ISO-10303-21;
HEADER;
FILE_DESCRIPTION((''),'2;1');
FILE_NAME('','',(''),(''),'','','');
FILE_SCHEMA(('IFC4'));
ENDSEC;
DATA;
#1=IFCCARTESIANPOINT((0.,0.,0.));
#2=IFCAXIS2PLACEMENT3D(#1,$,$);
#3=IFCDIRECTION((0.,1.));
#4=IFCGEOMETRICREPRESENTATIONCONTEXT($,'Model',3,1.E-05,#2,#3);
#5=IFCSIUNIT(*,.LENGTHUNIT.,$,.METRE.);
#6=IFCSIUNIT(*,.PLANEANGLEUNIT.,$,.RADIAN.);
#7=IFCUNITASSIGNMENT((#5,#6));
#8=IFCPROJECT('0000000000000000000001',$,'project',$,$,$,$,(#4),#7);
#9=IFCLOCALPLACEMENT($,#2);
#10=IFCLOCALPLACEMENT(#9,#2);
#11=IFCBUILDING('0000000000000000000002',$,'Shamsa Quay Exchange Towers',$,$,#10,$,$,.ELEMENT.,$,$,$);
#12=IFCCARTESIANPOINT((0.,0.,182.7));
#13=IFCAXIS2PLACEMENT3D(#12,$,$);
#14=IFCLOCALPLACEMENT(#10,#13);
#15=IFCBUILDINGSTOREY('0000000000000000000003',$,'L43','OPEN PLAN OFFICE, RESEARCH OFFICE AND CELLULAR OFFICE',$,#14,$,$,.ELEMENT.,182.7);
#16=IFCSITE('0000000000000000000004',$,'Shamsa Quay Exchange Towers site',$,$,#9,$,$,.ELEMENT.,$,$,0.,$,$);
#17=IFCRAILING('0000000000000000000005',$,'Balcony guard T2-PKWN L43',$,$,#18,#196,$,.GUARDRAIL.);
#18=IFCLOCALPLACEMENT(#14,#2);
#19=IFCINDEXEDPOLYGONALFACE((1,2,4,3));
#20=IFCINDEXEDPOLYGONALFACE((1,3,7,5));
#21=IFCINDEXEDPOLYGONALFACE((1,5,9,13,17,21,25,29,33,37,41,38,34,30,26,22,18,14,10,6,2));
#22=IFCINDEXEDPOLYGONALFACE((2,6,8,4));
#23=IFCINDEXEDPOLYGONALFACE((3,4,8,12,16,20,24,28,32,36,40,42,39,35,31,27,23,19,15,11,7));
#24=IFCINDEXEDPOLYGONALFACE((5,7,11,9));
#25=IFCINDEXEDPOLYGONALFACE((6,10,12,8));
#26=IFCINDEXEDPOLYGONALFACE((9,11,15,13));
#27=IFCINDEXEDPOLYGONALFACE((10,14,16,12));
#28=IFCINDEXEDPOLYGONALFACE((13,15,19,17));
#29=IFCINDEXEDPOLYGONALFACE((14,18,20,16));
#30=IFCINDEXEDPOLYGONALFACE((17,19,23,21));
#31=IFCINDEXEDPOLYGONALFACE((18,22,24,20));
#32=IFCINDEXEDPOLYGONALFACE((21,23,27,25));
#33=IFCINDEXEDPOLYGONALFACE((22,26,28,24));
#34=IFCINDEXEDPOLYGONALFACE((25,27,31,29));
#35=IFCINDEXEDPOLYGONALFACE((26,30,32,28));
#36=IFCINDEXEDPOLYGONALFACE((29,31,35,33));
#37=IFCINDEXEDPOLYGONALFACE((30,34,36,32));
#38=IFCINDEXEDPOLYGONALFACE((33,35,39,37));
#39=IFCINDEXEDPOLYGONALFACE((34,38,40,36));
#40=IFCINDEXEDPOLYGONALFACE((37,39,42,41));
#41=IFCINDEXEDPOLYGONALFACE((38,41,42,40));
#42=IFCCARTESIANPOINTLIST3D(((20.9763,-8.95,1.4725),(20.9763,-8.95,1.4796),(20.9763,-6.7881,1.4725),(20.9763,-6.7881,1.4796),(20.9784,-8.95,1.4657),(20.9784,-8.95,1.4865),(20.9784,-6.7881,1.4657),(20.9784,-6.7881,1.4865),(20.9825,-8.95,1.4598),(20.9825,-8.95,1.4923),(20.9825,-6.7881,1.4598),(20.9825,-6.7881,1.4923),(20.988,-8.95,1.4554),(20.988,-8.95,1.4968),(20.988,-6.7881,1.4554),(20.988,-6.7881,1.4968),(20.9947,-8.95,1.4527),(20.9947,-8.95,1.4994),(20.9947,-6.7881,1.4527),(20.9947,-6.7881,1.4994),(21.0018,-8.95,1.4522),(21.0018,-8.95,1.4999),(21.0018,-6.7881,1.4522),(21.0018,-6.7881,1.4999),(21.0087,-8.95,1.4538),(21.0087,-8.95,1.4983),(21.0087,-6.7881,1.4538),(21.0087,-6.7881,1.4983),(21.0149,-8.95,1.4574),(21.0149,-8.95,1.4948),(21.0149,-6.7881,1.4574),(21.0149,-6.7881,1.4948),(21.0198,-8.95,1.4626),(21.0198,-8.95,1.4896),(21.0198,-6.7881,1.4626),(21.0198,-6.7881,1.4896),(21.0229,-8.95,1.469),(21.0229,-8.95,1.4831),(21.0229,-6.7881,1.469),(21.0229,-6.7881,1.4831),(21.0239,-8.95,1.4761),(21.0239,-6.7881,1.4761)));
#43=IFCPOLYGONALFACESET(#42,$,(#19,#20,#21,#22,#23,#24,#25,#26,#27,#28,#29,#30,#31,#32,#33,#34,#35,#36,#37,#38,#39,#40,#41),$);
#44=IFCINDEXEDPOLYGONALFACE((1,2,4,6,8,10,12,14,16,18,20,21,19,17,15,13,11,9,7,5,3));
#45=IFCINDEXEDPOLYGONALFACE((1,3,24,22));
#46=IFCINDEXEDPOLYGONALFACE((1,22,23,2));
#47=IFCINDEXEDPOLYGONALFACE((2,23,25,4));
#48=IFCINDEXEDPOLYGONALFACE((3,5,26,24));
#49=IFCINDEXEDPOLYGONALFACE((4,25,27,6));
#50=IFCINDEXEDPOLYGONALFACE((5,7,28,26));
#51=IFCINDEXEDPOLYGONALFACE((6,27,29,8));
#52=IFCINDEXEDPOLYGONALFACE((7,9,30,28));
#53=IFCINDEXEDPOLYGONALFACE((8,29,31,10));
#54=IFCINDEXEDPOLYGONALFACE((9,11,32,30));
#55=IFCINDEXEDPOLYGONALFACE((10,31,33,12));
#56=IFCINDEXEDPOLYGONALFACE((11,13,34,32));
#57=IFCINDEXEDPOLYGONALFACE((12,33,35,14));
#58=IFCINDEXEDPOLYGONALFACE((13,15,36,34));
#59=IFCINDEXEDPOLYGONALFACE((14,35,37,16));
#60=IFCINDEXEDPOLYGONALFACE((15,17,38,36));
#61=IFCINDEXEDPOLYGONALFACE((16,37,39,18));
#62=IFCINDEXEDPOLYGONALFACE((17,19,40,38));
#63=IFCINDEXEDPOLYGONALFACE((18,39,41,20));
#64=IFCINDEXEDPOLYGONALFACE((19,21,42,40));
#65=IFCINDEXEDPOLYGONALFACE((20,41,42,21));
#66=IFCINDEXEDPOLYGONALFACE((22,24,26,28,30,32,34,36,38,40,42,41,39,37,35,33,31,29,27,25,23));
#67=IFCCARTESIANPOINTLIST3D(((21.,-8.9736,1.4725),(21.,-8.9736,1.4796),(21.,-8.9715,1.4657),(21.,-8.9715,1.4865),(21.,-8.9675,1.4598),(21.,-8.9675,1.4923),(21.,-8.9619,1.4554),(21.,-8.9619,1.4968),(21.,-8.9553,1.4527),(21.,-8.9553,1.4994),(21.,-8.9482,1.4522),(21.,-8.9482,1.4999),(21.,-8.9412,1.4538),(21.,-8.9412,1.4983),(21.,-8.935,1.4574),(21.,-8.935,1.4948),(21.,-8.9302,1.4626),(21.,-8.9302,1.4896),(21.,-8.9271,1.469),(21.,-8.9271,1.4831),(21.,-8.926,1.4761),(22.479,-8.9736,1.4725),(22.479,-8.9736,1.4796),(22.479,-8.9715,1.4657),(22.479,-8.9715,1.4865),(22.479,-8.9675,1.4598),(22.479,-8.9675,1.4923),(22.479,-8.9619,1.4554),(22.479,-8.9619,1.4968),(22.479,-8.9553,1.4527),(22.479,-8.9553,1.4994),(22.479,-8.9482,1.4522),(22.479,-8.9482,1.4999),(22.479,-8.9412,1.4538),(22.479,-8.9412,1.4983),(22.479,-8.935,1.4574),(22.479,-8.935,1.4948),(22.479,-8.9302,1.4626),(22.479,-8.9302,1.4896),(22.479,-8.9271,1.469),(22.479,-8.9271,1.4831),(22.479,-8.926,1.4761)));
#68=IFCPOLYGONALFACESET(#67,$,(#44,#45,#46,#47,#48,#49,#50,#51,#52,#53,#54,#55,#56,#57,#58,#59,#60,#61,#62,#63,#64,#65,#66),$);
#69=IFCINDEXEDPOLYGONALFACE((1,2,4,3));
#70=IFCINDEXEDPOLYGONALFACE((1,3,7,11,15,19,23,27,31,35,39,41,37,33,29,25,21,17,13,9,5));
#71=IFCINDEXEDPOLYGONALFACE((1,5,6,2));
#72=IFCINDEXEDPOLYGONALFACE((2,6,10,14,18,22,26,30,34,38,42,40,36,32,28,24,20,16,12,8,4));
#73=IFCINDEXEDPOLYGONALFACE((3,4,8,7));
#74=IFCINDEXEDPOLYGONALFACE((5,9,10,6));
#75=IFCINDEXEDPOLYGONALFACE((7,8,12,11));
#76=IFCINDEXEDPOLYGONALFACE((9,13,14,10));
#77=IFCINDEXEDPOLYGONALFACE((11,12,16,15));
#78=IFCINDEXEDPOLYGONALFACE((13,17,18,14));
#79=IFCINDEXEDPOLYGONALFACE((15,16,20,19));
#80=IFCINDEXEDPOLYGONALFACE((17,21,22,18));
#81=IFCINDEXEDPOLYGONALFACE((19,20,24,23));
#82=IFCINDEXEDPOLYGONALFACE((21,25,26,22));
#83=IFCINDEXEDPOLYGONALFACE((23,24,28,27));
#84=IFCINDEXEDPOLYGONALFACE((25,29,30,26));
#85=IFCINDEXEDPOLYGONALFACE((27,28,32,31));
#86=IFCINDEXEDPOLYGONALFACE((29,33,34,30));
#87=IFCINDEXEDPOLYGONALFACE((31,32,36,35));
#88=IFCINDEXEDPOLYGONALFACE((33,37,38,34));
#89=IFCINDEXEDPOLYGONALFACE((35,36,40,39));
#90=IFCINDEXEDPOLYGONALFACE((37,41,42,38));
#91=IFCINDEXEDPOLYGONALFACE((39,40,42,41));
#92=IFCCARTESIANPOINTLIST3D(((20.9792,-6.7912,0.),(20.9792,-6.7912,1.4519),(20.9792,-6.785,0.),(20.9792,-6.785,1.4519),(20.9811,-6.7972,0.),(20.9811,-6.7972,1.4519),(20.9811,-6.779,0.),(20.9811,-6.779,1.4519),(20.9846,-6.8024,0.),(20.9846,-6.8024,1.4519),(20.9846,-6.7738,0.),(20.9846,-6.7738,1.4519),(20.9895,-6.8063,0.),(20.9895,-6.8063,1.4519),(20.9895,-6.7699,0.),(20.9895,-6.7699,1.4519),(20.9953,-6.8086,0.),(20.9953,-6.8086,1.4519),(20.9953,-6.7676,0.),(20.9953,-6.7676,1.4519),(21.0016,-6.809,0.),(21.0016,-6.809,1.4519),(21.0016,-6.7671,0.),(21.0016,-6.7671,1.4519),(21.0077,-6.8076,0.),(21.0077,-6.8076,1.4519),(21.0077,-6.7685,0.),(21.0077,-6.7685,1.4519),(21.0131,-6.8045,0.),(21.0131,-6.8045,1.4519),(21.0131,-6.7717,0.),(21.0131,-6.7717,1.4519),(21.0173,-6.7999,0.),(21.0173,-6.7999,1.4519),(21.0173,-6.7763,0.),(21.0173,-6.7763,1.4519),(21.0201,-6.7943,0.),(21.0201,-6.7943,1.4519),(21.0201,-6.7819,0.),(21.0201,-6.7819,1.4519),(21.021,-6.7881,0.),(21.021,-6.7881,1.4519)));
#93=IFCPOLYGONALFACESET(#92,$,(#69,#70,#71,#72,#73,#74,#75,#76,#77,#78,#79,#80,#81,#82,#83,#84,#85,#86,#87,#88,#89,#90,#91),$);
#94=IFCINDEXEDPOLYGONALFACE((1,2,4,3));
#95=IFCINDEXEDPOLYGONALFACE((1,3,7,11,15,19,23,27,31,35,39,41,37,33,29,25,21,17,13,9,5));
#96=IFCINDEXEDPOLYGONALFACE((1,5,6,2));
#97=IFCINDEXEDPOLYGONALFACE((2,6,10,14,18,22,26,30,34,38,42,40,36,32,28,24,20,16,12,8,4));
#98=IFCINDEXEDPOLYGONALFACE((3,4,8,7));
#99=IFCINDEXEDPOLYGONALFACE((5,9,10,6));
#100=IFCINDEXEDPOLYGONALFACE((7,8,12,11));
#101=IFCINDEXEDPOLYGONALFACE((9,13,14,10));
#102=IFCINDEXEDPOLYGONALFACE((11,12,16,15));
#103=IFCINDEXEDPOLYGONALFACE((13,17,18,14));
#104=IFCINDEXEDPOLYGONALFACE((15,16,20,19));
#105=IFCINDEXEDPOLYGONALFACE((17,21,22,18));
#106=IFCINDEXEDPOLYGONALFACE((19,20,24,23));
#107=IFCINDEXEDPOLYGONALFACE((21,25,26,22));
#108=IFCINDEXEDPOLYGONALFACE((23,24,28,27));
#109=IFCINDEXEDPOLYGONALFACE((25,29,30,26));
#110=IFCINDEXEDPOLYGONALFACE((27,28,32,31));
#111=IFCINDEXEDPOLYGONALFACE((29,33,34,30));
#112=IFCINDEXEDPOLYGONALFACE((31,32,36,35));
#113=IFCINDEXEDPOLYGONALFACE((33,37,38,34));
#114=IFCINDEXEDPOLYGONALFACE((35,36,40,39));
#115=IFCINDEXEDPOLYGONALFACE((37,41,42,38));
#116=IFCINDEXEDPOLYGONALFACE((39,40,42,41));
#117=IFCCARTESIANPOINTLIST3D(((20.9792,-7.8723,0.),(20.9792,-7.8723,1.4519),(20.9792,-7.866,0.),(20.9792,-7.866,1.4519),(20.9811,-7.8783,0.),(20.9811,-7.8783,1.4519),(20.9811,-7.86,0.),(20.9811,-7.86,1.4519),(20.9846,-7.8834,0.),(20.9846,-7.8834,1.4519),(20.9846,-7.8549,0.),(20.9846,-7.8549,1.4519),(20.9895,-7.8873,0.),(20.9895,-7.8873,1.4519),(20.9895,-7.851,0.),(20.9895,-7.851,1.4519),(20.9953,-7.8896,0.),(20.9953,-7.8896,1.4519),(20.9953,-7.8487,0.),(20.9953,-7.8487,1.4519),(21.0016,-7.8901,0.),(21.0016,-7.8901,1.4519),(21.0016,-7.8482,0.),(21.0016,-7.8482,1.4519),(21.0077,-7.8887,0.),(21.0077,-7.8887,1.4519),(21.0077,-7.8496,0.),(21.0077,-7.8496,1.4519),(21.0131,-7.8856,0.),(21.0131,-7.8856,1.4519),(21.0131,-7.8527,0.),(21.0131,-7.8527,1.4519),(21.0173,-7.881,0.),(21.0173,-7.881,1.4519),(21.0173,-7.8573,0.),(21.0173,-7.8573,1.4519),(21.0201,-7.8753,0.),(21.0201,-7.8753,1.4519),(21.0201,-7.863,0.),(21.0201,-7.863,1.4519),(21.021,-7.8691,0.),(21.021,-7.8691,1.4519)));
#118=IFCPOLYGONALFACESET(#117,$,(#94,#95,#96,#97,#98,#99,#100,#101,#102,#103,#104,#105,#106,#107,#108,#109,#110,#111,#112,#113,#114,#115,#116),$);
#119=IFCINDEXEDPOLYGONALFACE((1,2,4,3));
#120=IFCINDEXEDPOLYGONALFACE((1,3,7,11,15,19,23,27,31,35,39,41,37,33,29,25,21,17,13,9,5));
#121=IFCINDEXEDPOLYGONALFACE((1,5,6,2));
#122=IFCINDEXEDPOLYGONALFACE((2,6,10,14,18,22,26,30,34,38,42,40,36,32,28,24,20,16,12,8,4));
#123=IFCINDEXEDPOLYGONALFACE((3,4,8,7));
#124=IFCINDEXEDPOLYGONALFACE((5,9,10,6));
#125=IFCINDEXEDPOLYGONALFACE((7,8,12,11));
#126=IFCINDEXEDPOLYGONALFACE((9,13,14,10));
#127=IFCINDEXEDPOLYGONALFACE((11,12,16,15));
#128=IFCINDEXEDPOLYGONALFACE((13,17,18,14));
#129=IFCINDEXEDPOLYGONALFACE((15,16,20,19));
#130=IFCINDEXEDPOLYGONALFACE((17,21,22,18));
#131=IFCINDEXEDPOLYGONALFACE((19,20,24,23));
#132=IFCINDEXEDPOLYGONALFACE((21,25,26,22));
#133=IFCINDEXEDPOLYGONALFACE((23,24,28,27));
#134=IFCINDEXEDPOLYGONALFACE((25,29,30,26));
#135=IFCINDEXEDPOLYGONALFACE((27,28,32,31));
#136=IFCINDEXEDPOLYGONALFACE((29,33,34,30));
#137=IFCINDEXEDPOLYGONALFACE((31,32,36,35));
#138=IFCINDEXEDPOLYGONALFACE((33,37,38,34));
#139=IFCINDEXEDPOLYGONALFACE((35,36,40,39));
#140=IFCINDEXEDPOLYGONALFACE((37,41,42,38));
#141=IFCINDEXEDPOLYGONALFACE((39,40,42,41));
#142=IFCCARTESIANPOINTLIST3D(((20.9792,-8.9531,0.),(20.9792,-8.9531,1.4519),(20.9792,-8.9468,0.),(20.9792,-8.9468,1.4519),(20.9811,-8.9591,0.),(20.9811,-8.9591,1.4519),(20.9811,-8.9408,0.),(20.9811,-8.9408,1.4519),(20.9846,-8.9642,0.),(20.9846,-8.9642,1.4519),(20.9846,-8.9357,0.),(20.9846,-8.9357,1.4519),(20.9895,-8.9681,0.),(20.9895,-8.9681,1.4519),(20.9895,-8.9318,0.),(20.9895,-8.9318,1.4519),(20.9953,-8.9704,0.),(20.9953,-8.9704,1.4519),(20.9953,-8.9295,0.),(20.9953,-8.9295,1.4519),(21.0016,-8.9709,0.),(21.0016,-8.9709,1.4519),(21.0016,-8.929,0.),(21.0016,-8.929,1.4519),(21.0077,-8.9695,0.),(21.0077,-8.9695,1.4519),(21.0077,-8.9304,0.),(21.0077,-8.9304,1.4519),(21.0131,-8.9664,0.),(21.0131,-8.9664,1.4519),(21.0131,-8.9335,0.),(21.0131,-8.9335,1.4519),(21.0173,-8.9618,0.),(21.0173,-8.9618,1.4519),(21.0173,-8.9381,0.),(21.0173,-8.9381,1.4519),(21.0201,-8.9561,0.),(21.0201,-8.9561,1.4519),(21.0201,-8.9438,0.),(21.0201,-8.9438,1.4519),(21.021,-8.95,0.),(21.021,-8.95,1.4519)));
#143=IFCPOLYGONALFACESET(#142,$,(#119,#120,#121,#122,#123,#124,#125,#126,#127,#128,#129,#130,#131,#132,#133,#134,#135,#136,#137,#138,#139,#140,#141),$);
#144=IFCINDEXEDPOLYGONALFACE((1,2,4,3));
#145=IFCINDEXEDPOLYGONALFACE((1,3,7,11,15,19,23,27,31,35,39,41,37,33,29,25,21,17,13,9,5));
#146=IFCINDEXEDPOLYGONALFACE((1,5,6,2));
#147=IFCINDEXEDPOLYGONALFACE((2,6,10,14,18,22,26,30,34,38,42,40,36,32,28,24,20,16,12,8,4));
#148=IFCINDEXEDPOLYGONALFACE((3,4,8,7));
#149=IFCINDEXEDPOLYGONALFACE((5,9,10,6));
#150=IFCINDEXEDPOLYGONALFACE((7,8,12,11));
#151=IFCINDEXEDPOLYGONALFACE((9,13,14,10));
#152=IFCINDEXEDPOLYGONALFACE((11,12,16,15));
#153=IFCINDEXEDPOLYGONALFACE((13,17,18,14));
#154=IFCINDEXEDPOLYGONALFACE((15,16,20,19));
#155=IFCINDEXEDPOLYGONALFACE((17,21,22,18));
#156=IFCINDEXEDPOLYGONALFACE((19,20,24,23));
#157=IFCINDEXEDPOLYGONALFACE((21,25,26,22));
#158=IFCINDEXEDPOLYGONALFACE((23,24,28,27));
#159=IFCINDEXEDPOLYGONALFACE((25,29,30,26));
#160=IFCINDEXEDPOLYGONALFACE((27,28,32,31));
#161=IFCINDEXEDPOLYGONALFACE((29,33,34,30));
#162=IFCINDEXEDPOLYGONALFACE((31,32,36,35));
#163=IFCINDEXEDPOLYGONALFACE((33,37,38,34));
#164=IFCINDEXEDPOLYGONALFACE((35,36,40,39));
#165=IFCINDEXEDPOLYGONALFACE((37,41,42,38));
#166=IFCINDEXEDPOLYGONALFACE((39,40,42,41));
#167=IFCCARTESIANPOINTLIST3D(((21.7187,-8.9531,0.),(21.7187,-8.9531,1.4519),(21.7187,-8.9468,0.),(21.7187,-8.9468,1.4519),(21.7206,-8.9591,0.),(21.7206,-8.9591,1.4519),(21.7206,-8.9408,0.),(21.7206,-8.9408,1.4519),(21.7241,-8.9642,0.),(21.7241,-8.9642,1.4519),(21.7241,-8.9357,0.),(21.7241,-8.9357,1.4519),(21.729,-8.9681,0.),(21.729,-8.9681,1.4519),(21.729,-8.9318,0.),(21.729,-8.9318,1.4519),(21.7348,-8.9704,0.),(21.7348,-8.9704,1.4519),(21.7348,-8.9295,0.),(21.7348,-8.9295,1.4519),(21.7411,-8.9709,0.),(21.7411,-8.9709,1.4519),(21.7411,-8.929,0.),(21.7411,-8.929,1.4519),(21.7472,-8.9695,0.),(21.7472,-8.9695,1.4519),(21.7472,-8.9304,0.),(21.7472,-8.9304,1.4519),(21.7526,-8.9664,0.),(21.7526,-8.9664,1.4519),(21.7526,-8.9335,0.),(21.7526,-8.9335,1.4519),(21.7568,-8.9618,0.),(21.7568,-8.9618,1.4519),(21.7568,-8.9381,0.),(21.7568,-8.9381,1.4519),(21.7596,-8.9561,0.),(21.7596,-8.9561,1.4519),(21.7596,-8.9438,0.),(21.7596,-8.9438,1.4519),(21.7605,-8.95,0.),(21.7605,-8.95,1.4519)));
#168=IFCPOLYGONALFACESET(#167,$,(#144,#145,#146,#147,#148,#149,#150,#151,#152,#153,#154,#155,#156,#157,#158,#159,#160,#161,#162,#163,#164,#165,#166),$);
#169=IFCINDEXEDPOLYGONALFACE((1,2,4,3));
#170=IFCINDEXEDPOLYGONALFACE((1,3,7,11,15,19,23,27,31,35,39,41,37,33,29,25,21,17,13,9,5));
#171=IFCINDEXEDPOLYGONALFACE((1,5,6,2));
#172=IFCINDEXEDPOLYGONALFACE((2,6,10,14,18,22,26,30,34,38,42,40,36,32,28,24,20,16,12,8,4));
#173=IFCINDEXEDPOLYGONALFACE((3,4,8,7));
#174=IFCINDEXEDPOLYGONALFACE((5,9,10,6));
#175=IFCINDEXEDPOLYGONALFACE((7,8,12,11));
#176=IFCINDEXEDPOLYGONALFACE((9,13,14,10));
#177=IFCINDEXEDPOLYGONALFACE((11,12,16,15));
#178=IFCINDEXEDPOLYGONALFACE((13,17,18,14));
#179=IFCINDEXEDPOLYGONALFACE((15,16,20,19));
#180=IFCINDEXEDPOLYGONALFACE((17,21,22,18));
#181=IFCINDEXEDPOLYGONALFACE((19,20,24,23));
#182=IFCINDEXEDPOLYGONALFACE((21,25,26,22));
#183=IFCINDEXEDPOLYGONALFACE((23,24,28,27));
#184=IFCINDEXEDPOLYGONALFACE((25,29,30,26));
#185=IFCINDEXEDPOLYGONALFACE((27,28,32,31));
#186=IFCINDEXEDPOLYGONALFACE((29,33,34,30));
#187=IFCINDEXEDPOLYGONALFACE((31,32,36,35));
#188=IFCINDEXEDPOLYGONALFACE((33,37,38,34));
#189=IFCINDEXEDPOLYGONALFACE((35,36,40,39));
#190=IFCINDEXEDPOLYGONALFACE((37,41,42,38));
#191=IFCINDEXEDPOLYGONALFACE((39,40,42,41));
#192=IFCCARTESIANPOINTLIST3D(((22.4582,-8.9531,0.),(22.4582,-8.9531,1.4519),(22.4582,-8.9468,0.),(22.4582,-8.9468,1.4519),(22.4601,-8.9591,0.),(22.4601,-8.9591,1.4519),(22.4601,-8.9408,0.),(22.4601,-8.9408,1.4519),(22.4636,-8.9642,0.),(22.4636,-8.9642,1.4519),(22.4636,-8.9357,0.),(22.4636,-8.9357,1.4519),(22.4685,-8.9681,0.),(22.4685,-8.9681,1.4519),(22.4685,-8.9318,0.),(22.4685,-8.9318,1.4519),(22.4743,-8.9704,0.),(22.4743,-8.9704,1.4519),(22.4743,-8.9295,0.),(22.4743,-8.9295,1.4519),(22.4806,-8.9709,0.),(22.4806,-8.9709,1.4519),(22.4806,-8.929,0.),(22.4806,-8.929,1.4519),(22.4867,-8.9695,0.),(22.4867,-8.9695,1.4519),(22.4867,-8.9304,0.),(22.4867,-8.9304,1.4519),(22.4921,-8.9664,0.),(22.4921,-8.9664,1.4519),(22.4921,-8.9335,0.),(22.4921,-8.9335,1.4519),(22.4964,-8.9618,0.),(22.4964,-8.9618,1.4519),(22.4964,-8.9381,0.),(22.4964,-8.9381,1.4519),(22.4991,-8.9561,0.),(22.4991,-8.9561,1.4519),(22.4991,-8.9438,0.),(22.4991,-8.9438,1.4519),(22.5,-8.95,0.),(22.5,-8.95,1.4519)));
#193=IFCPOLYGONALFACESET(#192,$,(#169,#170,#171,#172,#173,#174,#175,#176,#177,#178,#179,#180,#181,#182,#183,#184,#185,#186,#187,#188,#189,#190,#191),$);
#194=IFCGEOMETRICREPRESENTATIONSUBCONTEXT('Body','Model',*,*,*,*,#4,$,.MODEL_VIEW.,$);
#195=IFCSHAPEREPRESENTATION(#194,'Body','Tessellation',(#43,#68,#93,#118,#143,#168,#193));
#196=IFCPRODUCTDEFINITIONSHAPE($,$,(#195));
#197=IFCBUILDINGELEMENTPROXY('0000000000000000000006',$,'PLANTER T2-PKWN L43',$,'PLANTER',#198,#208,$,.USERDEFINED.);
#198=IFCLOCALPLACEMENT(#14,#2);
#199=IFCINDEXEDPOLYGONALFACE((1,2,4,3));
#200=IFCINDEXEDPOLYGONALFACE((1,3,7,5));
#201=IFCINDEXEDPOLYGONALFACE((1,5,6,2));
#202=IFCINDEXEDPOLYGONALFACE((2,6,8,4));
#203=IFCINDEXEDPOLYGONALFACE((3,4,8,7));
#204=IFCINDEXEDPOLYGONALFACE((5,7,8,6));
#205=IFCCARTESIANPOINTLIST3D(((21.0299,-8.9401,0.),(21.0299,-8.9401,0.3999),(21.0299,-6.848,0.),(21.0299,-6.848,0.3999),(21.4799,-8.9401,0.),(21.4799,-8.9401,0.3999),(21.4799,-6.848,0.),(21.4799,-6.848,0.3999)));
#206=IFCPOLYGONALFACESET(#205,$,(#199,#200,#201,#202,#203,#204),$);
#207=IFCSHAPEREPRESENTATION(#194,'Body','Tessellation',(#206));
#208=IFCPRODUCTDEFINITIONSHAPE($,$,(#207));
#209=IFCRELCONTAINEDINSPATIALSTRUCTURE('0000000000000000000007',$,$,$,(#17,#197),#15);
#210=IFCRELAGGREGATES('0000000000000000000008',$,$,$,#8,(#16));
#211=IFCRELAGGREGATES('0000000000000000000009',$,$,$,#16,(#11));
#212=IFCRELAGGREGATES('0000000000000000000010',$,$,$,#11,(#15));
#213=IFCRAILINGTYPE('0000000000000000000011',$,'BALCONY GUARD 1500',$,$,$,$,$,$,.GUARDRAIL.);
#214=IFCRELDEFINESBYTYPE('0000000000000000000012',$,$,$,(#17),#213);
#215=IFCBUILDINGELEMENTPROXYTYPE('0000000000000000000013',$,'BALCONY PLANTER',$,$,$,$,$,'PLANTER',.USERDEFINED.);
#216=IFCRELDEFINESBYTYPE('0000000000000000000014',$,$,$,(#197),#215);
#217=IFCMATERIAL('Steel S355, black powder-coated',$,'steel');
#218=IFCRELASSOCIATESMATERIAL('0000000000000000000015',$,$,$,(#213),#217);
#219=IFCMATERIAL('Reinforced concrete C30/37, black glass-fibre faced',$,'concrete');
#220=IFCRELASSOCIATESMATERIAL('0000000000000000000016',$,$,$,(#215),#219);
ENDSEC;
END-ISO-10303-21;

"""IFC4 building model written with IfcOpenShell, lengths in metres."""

from ifc_helpers import new_model, si_unit, direction, frame, origin, origin_2d, place, context, subcontext, project, spatial, rectangle, circle, extrude, material, type_object, element, save


model = new_model("IFC4")

# Units and contexts
model_context = context("Model", 3, precision=1e-05, world=origin(), true_north=direction((0.0, 1.0)))
body_context = subcontext(model_context, "Body", "Model", "MODEL_VIEW")
ifc_project = project(units=[si_unit("LENGTHUNIT", "METRE"), si_unit("PLANEANGLEUNIT", "RADIAN")], contexts=[model_context])

# Site, building, storey
site_placement = place(None, origin())
site = spatial("IfcSite", under=ifc_project, at=site_placement, Name="Shamsa Quay Exchange Towers site", CompositionType="ELEMENT", RefElevation=0.0)
building_placement = place(site_placement, origin())
building = spatial("IfcBuilding", under=site, at=building_placement, Name="Shamsa Quay Exchange Towers", CompositionType="ELEMENT")
storey_placement = place(building_placement, frame((0.0, 0.0, 182.7)))
storey = spatial("IfcBuildingStorey", under=building, at=storey_placement, Name="L43", Description="OPEN PLAN OFFICE, RESEARCH OFFICE AND CELLULAR OFFICE", CompositionType="ELEMENT", Elevation=182.7)

# Railing
ifc_material_1 = material(Name="Steel S355, black powder-coated", Category="steel")
railing_type_1 = type_object("IfcRailingType", Name="BALCONY GUARD 1500", PredefinedType="GUARDRAIL", material=ifc_material_1)
railing_1_placement = place(storey_placement, frame((21.0, -6.7881, 0.0)))
element("IfcRailing", 1, at=railing_1_placement, inside=storey, type_object=railing_type_1, Name="Balcony guard T2-PKWN L43", PredefinedType="GUARDRAIL", context=body_context, shape_type="SweptSolid", body=[
    extrude(circle(Radius=0.0239, at=origin_2d()), frame((0.0, 0.0, 1.4761), z_axis=(0.0, -1.0, 0.0), x_axis=(1.0, 0.0, 0.0)), (0.0, 0.0, 1.0), 2.1619),
    extrude(circle(Radius=0.0239, at=origin_2d()), frame((0.0, -2.1619, 1.4761), z_axis=(1.0, 0.0, 0.0), x_axis=(0.0, 1.0, 0.0)), (0.0, 0.0, 1.0), 1.479),
    extrude(circle(Radius=0.021, at=origin_2d()), origin(), (0.0, 0.0, 1.0), 1.4519),
    extrude(circle(Radius=0.021, at=origin_2d()), frame((0.0, -1.0811, 0.0)), (0.0, 0.0, 1.0), 1.4519),
    extrude(circle(Radius=0.021, at=origin_2d()), frame((0.0, -2.1619, 0.0)), (0.0, 0.0, 1.0), 1.4519),
    extrude(circle(Radius=0.021, at=origin_2d()), frame((0.7395, -2.1619, 0.0)), (0.0, 0.0, 1.0), 1.4519),
    extrude(circle(Radius=0.021, at=origin_2d()), frame((1.479, -2.1619, 0.0)), (0.0, 0.0, 1.0), 1.4519),
])

# Building element proxy
ifc_material_2 = material(Name="Reinforced concrete C30/37, black glass-fibre faced", Category="concrete")
building_element_proxy_type = type_object("IfcBuildingElementProxyType", Name="BALCONY PLANTER", ElementType="PLANTER", PredefinedType="USERDEFINED", material=ifc_material_2)
proxy_placement = place(storey_placement, frame((21.2549, -7.894, 0.0), z_axis=(0.0, 0.0, 1.0), x_axis=(0.0, -1.0, 0.0)))
element("IfcBuildingElementProxy", 2, at=proxy_placement, inside=storey, type_object=building_element_proxy_type, Name="PLANTER T2-PKWN L43", ObjectType="PLANTER", PredefinedType="USERDEFINED", context=body_context, shape_type="SweptSolid", body=[
    extrude(rectangle(XDim=2.092, YDim=0.45, at=origin_2d()), origin(), (0.0, 0.0, 1.0), 0.3999),
])

save(model, "model.ifc")
